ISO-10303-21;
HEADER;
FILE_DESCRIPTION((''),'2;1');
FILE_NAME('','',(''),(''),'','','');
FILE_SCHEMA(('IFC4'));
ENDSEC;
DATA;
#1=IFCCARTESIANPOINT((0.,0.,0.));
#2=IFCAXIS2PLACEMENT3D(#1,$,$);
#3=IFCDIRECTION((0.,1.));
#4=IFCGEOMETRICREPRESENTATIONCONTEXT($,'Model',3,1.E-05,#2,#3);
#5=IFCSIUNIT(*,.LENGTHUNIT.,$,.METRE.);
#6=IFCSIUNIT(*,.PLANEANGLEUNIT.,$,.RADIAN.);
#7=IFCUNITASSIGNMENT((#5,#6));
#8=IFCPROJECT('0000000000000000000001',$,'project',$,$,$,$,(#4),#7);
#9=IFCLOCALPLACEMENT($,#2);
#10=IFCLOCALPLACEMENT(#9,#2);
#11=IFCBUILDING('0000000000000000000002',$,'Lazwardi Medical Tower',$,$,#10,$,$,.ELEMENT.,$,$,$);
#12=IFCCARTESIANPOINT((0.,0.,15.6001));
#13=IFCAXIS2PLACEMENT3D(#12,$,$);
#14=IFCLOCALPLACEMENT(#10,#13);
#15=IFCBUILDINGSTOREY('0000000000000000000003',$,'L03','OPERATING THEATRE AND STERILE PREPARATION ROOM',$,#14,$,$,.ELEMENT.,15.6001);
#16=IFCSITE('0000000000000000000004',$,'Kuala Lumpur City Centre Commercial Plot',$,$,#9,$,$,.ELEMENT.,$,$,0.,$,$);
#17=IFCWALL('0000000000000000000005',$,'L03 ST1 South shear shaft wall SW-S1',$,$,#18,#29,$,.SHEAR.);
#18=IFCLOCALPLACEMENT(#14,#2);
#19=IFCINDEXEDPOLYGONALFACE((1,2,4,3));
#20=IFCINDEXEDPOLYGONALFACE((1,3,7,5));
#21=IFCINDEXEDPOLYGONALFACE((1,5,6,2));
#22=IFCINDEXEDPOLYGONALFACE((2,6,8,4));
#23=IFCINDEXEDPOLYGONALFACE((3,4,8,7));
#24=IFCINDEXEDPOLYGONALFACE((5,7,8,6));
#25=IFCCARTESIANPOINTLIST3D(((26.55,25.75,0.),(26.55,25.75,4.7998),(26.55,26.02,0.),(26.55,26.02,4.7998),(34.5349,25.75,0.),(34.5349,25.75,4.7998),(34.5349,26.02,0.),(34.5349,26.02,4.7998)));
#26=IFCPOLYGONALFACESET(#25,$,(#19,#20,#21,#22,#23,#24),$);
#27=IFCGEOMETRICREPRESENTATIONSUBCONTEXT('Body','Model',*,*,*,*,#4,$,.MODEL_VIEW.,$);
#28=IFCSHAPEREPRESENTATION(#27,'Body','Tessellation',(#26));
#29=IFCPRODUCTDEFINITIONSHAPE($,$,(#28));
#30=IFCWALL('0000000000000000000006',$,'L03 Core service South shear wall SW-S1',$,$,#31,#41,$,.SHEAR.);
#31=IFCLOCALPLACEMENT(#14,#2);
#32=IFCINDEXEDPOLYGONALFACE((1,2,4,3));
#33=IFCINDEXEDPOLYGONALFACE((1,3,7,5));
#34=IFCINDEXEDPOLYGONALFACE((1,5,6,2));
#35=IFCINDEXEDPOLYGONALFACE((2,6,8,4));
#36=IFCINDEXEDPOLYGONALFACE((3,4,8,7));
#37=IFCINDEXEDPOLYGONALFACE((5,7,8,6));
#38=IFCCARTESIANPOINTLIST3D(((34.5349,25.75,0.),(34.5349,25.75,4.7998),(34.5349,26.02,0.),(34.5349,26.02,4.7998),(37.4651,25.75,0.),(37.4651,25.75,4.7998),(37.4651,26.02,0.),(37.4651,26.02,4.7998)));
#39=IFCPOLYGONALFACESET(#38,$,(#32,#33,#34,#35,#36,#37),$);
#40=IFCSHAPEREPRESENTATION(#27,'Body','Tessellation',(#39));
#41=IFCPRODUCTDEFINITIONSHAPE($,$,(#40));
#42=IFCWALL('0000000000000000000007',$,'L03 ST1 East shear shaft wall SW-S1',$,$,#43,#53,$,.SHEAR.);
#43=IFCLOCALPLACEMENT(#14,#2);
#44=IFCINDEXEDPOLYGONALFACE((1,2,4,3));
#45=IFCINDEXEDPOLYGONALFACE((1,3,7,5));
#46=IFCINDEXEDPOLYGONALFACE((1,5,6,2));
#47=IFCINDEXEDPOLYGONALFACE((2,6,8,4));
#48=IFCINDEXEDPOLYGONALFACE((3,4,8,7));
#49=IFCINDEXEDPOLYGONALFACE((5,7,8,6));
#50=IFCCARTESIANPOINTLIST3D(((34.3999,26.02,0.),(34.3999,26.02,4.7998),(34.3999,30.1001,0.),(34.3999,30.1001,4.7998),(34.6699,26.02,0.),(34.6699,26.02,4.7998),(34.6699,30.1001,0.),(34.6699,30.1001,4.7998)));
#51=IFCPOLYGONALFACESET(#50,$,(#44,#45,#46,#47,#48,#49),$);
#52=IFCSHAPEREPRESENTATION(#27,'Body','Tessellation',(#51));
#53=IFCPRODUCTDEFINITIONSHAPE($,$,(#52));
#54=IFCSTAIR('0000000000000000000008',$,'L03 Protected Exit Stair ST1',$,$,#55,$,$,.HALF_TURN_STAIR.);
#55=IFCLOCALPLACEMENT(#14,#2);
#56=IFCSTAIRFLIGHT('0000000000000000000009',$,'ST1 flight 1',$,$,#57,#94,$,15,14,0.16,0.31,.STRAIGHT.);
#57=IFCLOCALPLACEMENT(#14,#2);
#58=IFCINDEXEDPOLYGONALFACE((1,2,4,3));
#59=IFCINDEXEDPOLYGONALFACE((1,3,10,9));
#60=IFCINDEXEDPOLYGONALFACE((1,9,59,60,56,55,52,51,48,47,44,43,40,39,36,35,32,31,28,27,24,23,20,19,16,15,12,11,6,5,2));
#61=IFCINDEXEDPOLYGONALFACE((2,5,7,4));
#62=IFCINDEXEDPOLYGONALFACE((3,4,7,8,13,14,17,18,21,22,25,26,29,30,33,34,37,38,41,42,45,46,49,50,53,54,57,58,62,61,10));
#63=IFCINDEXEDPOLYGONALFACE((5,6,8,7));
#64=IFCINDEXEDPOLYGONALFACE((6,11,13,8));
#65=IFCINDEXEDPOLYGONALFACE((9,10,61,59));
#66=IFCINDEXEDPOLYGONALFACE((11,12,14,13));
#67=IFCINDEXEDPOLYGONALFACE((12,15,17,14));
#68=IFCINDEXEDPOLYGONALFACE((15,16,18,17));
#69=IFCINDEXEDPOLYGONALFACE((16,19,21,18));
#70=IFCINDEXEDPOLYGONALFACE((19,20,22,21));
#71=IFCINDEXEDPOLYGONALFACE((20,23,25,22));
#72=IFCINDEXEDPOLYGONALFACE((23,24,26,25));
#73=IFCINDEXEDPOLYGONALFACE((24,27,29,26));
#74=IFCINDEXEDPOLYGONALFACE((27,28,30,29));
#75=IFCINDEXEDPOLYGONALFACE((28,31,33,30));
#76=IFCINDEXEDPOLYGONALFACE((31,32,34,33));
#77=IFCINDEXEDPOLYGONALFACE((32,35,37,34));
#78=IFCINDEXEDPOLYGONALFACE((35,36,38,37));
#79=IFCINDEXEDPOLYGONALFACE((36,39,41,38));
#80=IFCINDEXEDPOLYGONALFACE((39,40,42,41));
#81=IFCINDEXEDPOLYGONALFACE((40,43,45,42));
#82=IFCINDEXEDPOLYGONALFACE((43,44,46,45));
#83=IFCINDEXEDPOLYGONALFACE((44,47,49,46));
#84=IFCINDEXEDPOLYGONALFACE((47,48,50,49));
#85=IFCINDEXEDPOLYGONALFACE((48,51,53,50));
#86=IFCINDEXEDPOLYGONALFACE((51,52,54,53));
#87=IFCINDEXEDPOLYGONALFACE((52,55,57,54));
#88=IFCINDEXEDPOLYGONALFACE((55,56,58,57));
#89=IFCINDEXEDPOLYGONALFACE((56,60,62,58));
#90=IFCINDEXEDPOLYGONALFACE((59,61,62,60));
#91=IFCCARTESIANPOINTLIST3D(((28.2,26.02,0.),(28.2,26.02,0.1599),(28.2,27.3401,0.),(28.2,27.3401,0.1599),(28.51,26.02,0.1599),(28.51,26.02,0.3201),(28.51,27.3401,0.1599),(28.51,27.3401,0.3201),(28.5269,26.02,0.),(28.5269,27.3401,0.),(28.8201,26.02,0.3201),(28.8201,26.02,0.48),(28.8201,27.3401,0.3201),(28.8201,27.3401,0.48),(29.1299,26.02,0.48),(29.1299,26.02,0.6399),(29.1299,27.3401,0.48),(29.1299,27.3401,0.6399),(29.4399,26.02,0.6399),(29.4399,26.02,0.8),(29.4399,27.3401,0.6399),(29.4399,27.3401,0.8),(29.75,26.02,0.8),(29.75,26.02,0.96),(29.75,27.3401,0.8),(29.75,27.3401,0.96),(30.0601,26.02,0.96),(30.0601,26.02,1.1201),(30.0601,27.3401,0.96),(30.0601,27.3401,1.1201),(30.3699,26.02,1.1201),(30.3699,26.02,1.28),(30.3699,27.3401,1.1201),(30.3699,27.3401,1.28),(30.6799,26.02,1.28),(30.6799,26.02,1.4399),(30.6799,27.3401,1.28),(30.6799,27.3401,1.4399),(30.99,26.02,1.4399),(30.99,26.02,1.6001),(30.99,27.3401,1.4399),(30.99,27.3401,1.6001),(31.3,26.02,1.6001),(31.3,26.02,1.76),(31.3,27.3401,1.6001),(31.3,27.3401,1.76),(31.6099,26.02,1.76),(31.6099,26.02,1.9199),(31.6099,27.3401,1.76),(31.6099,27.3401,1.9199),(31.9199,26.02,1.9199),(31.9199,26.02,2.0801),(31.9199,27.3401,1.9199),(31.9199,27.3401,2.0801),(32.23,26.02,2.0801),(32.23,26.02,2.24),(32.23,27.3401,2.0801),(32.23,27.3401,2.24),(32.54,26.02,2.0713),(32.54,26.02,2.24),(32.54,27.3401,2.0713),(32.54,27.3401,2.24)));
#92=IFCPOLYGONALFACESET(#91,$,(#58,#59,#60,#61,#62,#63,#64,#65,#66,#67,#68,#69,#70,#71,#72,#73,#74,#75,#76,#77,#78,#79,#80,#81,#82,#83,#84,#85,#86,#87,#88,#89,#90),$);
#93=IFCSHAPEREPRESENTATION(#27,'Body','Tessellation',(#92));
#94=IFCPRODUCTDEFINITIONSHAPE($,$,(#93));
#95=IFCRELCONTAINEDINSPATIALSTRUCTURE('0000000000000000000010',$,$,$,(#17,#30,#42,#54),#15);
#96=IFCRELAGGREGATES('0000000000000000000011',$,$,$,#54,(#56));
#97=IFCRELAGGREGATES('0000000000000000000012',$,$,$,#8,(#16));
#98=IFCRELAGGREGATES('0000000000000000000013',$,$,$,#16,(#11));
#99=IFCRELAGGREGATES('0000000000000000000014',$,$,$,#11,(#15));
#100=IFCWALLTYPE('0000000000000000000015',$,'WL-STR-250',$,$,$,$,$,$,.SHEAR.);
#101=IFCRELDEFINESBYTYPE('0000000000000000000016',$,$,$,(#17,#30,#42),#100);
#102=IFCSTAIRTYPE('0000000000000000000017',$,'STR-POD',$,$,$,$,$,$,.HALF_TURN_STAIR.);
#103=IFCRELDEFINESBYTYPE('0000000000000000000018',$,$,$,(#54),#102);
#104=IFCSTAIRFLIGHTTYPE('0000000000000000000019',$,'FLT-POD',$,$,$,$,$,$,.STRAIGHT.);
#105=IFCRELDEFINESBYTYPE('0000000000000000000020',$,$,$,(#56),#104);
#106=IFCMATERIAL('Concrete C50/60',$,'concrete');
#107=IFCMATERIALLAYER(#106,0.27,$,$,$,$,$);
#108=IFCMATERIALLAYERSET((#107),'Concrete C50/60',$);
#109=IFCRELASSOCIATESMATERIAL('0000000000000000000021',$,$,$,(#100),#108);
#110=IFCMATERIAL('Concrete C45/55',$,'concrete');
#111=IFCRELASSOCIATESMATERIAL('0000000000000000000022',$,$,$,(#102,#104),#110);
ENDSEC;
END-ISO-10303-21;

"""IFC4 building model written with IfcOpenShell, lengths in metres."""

from ifc_helpers import new_model, si_unit, direction, frame, frame_2d, origin, place, context, subcontext, project, spatial, polyline, rectangle, outline, extrude, material, layer, layer_set, type_object, element, aggregate, save


model = new_model("IFC4")

# Units and contexts
model_context = context("Model", 3, precision=1e-05, world=origin(), true_north=direction((0.0, 1.0)))
body_context = subcontext(model_context, "Body", "Model", "MODEL_VIEW")
ifc_project = project(units=[si_unit("LENGTHUNIT", "METRE"), si_unit("PLANEANGLEUNIT", "RADIAN")], contexts=[model_context])

# Site, building, storey
site_placement = place(None, origin())
site = spatial("IfcSite", under=ifc_project, at=site_placement, Name="Kuala Lumpur City Centre Commercial Plot", CompositionType="ELEMENT", RefElevation=0.0)
building_placement = place(site_placement, origin())
building = spatial("IfcBuilding", under=site, at=building_placement, Name="Lazwardi Medical Tower", CompositionType="ELEMENT")
storey_placement = place(building_placement, frame((0.0, 0.0, 15.6001)))
storey = spatial("IfcBuildingStorey", under=building, at=storey_placement, Name="L03", Description="OPERATING THEATRE AND STERILE PREPARATION ROOM", CompositionType="ELEMENT", Elevation=15.6001)

# Walls
ifc_material_1 = material(Name="Concrete C50/60", Category="concrete")
ifc_layer_1 = layer(ifc_material_1, 0.27)
ifc_layer_set_1 = layer_set([ifc_layer_1], Name="Concrete C50/60")
wall_type_1 = type_object("IfcWallType", Name="WL-STR-250", PredefinedType="SHEAR", material=ifc_layer_set_1)
wall_1_placement = place(storey_placement, frame((26.55, 25.885, 0.0), z_axis=(0.0, 0.0, 1.0), x_axis=(1.0, 0.0, 0.0)))
element("IfcWall", 1, at=wall_1_placement, inside=storey, type_object=wall_type_1, Name="L03 ST1 South shear shaft wall SW-S1", PredefinedType="SHEAR", context=body_context, shape_type="SweptSolid", body=[
    extrude(rectangle(XDim=7.9849, YDim=0.27, at=frame_2d((3.9924, 0.0))), origin(), (0.0, 0.0, 1.0), 4.7998),
])
wall_2_placement = place(storey_placement, frame((34.5349, 25.885, 0.0), z_axis=(0.0, 0.0, 1.0), x_axis=(1.0, 0.0, 0.0)))
element("IfcWall", 2, at=wall_2_placement, inside=storey, type_object=wall_type_1, Name="L03 Core service South shear wall SW-S1", PredefinedType="SHEAR", context=body_context, shape_type="SweptSolid", body=[
    extrude(rectangle(XDim=2.9302, YDim=0.27, at=frame_2d((1.4651, 0.0))), origin(), (0.0, 0.0, 1.0), 4.7998),
])
wall_3_placement = place(storey_placement, frame((34.5349, 26.02, 0.0), z_axis=(0.0, 0.0, 1.0), x_axis=(0.0, 1.0, 0.0)))
element("IfcWall", 3, at=wall_3_placement, inside=storey, type_object=wall_type_1, Name="L03 ST1 East shear shaft wall SW-S1", PredefinedType="SHEAR", context=body_context, shape_type="SweptSolid", body=[
    extrude(rectangle(XDim=4.0801, YDim=0.27, at=frame_2d((2.04, 0.0))), origin(), (0.0, 0.0, 1.0), 4.7998),
])

# Stair, stair flight
ifc_material_2 = material(Name="Concrete C45/55", Category="concrete")
stair_type = type_object("IfcStairType", Name="STR-POD", PredefinedType="HALF_TURN_STAIR", material=ifc_material_2)
stair_placement = place(storey_placement, origin())
stair = element("IfcStair", 4, at=stair_placement, inside=storey, type_object=stair_type, Name="L03 Protected Exit Stair ST1", PredefinedType="HALF_TURN_STAIR")
stair_flight_type = type_object("IfcStairFlightType", Name="FLT-POD", PredefinedType="STRAIGHT", material=ifc_material_2)
stair_flight_placement = place(storey_placement, frame((28.2, 26.6799, 0.0), z_axis=(0.0, 0.0, 1.0), x_axis=(1.0, 0.0, 0.0)))
stair_flight = element("IfcStairFlight", 5, at=stair_flight_placement, type_object=stair_flight_type, Name="ST1 flight 1", NumberOfRisers=15, NumberOfTreads=14, PredefinedType="STRAIGHT", RiserHeight=0.16, TreadLength=0.31, context=body_context, shape_type="SweptSolid", body=[
    extrude(outline(polyline([(0.0, 0.0), (0.0, 0.1599), (0.3101, 0.1599), (0.3101, 0.3201), (0.6201, 0.3201), (0.6201, 0.48), (0.9299, 0.48), (0.9299, 0.6399), (1.24, 0.6399), (1.24, 0.8), (1.55, 0.8), (1.55, 0.96), (1.8601, 0.96), (1.8601, 1.1201), (2.1699, 1.1201), (2.1699, 1.28), (2.48, 1.28), (2.48, 1.4399), (2.79, 1.4399), (2.79, 1.6001), (3.1001, 1.6001), (3.1001, 1.76), (3.4099, 1.76), (3.4099, 1.9199), (3.72, 1.9199), (3.72, 2.0801), (4.03, 2.0801), (4.03, 2.24), (4.3401, 2.24), (4.3401, 2.3999), (4.3401, 2.0713), (0.3269, 0.0), (0.0, 0.0)])), frame((0.0, 0.6602, 0.0), z_axis=(0.0, -1.0, 0.0), x_axis=(1.0, 0.0, 0.0)), (0.0, 0.0, 1.0), 1.3201),
])
aggregate(stair, [stair_flight])

save(model, "model.ifc")
